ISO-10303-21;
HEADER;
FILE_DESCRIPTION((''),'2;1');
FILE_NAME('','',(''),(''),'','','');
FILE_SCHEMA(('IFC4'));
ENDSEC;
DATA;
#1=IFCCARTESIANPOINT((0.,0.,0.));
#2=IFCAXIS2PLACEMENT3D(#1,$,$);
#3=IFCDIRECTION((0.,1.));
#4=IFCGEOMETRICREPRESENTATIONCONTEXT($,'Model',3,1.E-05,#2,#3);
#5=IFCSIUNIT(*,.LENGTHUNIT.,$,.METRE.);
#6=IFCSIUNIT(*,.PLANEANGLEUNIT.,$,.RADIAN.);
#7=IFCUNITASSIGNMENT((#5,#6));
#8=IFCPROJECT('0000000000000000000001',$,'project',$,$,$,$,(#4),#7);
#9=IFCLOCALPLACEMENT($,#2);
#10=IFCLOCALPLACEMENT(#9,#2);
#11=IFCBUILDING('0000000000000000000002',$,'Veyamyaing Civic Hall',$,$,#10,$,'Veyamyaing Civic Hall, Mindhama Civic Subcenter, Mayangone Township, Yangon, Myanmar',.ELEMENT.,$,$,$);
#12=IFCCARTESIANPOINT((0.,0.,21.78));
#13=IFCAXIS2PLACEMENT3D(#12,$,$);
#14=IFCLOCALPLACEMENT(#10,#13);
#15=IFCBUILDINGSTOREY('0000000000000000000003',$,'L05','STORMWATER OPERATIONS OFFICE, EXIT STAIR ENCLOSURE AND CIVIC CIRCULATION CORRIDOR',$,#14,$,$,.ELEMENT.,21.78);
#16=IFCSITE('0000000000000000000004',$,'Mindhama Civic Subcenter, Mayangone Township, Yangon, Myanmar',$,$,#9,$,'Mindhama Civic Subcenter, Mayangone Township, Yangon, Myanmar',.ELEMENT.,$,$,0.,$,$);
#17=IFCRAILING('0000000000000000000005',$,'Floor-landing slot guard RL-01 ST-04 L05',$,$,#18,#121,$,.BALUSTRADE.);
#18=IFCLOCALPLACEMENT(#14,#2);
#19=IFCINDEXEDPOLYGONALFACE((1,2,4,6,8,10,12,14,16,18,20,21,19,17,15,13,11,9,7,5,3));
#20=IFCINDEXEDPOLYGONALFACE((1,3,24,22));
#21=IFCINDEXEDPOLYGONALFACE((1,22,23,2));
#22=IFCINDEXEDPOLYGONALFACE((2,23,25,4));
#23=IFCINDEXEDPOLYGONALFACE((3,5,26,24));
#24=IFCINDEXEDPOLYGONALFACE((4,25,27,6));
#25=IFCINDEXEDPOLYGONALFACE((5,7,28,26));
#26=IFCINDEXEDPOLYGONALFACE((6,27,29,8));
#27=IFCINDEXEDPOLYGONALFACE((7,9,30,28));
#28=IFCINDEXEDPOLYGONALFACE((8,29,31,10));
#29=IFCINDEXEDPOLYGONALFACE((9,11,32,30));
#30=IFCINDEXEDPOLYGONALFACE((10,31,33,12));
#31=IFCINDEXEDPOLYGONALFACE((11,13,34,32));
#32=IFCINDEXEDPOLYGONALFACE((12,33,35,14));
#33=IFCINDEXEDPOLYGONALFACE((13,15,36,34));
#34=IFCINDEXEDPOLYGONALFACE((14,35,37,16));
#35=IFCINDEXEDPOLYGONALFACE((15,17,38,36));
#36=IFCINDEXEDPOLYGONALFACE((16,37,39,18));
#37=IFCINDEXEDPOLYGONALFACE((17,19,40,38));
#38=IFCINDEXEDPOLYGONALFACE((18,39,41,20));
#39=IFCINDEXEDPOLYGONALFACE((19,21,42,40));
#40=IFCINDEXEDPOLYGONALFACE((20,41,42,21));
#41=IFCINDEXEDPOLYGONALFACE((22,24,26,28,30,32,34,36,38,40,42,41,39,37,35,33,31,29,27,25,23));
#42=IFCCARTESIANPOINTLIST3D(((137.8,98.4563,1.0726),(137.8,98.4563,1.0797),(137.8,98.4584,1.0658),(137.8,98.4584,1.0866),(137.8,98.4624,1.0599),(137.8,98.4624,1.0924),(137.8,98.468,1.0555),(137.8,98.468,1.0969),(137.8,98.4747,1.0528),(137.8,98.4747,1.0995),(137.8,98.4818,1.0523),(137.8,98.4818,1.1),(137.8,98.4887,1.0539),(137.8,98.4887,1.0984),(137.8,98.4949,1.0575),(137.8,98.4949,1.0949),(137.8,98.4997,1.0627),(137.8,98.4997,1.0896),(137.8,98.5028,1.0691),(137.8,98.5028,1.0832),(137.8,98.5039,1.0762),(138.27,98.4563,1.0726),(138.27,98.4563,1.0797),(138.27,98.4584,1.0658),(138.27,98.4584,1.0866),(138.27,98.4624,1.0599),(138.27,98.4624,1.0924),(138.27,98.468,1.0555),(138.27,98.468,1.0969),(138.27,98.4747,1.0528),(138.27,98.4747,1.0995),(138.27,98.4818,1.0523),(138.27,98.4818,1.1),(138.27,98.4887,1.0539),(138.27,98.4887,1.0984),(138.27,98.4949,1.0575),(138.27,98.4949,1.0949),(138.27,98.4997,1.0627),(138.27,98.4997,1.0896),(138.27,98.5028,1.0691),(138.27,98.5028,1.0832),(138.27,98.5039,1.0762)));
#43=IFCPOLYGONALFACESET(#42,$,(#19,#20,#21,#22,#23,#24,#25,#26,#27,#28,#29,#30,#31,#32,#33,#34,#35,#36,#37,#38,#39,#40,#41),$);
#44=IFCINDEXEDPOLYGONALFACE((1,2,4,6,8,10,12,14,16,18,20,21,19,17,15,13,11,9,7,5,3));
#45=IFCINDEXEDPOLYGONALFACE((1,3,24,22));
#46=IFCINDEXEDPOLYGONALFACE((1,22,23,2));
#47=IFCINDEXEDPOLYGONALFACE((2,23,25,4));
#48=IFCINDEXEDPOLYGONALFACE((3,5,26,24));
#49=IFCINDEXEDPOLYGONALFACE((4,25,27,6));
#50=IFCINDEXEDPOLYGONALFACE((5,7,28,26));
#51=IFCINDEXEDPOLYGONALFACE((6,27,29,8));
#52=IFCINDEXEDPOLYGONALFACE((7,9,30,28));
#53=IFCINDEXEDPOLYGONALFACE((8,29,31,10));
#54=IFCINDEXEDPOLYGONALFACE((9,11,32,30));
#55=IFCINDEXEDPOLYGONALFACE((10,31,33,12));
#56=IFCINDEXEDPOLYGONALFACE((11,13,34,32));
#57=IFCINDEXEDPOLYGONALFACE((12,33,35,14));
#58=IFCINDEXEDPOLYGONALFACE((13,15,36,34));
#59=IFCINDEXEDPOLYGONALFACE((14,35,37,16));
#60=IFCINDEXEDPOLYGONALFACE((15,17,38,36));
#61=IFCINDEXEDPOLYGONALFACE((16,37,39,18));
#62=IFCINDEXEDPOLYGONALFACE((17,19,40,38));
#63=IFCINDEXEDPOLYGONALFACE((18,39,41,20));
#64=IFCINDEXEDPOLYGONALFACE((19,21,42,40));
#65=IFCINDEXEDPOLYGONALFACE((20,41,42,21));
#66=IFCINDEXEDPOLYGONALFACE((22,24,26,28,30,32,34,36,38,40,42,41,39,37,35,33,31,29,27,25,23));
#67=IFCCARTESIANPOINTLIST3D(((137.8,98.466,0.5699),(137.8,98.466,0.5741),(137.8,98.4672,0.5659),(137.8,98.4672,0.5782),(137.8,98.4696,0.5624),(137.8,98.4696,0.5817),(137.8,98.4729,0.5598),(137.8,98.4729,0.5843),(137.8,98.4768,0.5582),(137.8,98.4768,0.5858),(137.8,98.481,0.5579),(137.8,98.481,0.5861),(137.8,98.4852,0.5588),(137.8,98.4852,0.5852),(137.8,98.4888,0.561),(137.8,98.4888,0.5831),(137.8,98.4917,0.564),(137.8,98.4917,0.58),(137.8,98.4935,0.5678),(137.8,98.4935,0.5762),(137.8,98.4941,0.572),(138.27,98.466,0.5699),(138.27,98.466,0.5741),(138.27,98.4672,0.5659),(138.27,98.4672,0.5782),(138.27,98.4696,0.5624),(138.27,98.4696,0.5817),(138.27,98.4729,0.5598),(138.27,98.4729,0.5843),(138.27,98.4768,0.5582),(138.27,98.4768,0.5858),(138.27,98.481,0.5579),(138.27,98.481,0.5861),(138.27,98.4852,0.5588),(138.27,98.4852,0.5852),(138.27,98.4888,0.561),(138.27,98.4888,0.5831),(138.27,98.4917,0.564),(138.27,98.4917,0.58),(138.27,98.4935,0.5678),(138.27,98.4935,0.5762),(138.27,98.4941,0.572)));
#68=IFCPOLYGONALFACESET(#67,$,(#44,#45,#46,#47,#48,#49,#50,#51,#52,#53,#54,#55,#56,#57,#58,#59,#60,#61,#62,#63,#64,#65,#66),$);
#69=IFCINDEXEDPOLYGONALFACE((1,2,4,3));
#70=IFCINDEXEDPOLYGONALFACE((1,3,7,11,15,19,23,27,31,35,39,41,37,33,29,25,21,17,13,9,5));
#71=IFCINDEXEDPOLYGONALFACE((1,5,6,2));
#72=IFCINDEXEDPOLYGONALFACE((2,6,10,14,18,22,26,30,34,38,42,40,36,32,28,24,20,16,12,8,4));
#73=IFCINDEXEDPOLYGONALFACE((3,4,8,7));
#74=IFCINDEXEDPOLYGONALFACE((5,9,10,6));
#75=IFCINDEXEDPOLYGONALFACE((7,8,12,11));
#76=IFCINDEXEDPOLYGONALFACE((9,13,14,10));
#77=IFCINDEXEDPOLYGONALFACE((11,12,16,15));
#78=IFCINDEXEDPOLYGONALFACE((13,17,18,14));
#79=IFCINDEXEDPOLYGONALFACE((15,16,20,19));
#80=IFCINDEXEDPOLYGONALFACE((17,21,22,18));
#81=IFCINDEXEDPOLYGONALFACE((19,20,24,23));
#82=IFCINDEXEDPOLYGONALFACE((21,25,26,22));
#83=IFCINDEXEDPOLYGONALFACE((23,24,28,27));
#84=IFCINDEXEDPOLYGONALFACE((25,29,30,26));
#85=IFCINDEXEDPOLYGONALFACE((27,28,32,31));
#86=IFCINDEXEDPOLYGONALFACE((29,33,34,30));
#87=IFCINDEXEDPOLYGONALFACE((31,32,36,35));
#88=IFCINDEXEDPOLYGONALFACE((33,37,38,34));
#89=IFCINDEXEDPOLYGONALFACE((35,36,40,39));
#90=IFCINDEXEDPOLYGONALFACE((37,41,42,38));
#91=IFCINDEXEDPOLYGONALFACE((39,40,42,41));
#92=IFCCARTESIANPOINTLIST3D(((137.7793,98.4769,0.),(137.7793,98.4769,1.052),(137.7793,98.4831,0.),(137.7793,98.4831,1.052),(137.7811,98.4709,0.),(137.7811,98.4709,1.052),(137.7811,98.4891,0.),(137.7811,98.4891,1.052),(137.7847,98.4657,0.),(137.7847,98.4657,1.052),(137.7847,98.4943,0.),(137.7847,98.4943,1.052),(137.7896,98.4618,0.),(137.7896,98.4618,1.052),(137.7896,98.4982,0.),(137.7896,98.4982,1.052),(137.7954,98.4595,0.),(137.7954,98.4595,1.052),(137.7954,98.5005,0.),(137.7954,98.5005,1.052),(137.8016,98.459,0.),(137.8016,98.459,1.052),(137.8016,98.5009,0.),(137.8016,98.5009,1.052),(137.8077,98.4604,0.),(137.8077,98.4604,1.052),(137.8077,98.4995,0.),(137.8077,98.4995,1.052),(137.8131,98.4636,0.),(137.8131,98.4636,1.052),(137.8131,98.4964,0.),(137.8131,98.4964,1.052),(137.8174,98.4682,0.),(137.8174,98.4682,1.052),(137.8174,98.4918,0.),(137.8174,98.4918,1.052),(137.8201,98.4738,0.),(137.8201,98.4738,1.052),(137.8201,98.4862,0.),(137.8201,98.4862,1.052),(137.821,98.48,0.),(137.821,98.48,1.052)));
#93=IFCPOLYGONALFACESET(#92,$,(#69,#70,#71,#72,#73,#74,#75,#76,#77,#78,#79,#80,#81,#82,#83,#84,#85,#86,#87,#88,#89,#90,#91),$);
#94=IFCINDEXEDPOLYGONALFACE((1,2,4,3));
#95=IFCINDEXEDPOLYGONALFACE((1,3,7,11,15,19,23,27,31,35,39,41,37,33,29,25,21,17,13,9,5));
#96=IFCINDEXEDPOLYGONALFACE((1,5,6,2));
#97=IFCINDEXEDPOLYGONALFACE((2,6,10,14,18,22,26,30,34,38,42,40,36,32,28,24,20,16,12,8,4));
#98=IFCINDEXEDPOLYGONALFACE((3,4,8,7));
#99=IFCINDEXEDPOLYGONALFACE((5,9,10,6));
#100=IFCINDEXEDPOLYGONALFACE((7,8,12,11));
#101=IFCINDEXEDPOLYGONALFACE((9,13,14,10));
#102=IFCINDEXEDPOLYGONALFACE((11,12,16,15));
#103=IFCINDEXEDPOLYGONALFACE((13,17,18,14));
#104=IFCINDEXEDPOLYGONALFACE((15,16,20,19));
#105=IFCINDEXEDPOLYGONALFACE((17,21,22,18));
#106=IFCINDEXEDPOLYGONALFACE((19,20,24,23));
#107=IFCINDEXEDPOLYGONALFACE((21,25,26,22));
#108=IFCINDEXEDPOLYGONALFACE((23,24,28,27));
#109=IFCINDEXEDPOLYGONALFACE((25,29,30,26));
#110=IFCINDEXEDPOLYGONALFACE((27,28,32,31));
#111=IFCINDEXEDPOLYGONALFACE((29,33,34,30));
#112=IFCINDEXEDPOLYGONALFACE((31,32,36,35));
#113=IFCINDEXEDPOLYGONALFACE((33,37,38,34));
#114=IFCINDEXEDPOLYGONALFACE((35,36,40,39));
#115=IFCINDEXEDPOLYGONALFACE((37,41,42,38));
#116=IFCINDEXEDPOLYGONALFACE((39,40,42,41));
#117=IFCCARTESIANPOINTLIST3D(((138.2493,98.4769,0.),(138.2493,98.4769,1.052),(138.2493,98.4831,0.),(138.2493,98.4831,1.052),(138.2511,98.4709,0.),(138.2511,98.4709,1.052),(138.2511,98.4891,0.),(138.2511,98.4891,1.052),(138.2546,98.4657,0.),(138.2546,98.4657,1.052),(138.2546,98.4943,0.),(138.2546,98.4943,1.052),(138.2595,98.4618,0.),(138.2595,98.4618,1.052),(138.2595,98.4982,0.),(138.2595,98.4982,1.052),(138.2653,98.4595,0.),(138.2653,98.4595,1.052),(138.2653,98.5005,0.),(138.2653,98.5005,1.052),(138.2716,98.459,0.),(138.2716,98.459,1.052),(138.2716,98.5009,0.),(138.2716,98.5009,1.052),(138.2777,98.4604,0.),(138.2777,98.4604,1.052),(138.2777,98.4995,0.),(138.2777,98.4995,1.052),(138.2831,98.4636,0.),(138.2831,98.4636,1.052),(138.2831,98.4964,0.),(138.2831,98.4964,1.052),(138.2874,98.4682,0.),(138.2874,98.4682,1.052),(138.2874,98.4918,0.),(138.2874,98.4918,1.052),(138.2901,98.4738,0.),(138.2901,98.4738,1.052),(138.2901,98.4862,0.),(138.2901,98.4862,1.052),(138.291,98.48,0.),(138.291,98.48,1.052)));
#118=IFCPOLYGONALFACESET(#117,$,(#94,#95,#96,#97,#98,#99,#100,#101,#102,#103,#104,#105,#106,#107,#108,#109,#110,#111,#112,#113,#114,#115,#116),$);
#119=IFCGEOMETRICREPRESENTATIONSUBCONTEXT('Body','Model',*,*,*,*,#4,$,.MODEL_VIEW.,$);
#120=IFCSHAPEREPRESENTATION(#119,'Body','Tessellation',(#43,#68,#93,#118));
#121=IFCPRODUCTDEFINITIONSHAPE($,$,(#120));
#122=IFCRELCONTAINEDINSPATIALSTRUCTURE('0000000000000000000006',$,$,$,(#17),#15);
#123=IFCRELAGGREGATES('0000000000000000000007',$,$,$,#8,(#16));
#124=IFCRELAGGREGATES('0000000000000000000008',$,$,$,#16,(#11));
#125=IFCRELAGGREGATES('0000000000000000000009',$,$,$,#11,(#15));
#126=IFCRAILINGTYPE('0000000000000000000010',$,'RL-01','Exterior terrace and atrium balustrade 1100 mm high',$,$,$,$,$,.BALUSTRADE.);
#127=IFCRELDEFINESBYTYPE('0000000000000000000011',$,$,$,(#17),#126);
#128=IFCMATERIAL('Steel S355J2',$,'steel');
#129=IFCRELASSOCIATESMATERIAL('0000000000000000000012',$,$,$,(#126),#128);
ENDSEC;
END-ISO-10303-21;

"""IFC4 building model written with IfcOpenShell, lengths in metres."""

from ifc_helpers import new_model, si_unit, direction, frame, origin, origin_2d, place, context, subcontext, project, spatial, circle, extrude, material, type_object, element, save


model = new_model("IFC4")

# Units and contexts
model_context = context("Model", 3, precision=1e-05, world=origin(), true_north=direction((0.0, 1.0)))
body_context = subcontext(model_context, "Body", "Model", "MODEL_VIEW")
ifc_project = project(units=[si_unit("LENGTHUNIT", "METRE"), si_unit("PLANEANGLEUNIT", "RADIAN")], contexts=[model_context])

# Site, building, storey
site_placement = place(None, origin())
site = spatial("IfcSite", under=ifc_project, at=site_placement, Name="Mindhama Civic Subcenter, Mayangone Township, Yangon, Myanmar", LongName="Mindhama Civic Subcenter, Mayangone Township, Yangon, Myanmar", CompositionType="ELEMENT", RefElevation=0.0)
building_placement = place(site_placement, origin())
building = spatial("IfcBuilding", under=site, at=building_placement, Name="Veyamyaing Civic Hall", LongName="Veyamyaing Civic Hall, Mindhama Civic Subcenter, Mayangone Township, Yangon, Myanmar", CompositionType="ELEMENT")
storey_placement = place(building_placement, frame((0.0, 0.0, 21.78)))
storey = spatial("IfcBuildingStorey", under=building, at=storey_placement, Name="L05", Description="STORMWATER OPERATIONS OFFICE, EXIT STAIR ENCLOSURE AND CIVIC CIRCULATION CORRIDOR", CompositionType="ELEMENT", Elevation=21.78)

# Railing
ifc_material_1 = material(Name="Steel S355J2", Category="steel")
railing_type_1 = type_object("IfcRailingType", Name="RL-01", Description="Exterior terrace and atrium balustrade 1100 mm high", PredefinedType="BALUSTRADE", material=ifc_material_1)
railing_1_placement = place(storey_placement, frame((137.8, 98.48, 0.0)))
element("IfcRailing", 1, at=railing_1_placement, inside=storey, type_object=railing_type_1, Name="Floor-landing slot guard RL-01 ST-04 L05", PredefinedType="BALUSTRADE", context=body_context, shape_type="SweptSolid", body=[
    extrude(circle(Radius=0.0239, at=origin_2d()), frame((0.0, 0.0, 1.0762), z_axis=(1.0, 0.0, 0.0), x_axis=(0.0, 1.0, 0.0)), (0.0, 0.0, 1.0), 0.47),
    extrude(circle(Radius=0.0142, at=origin_2d()), frame((0.0, 0.0, 0.572), z_axis=(1.0, 0.0, 0.0), x_axis=(0.0, 1.0, 0.0)), (0.0, 0.0, 1.0), 0.47),
    extrude(circle(Radius=0.021, at=origin_2d()), origin(), (0.0, 0.0, 1.0), 1.052),
    extrude(circle(Radius=0.021, at=origin_2d()), frame((0.47, 0.0, 0.0)), (0.0, 0.0, 1.0), 1.052),
])

save(model, "model.ifc")
